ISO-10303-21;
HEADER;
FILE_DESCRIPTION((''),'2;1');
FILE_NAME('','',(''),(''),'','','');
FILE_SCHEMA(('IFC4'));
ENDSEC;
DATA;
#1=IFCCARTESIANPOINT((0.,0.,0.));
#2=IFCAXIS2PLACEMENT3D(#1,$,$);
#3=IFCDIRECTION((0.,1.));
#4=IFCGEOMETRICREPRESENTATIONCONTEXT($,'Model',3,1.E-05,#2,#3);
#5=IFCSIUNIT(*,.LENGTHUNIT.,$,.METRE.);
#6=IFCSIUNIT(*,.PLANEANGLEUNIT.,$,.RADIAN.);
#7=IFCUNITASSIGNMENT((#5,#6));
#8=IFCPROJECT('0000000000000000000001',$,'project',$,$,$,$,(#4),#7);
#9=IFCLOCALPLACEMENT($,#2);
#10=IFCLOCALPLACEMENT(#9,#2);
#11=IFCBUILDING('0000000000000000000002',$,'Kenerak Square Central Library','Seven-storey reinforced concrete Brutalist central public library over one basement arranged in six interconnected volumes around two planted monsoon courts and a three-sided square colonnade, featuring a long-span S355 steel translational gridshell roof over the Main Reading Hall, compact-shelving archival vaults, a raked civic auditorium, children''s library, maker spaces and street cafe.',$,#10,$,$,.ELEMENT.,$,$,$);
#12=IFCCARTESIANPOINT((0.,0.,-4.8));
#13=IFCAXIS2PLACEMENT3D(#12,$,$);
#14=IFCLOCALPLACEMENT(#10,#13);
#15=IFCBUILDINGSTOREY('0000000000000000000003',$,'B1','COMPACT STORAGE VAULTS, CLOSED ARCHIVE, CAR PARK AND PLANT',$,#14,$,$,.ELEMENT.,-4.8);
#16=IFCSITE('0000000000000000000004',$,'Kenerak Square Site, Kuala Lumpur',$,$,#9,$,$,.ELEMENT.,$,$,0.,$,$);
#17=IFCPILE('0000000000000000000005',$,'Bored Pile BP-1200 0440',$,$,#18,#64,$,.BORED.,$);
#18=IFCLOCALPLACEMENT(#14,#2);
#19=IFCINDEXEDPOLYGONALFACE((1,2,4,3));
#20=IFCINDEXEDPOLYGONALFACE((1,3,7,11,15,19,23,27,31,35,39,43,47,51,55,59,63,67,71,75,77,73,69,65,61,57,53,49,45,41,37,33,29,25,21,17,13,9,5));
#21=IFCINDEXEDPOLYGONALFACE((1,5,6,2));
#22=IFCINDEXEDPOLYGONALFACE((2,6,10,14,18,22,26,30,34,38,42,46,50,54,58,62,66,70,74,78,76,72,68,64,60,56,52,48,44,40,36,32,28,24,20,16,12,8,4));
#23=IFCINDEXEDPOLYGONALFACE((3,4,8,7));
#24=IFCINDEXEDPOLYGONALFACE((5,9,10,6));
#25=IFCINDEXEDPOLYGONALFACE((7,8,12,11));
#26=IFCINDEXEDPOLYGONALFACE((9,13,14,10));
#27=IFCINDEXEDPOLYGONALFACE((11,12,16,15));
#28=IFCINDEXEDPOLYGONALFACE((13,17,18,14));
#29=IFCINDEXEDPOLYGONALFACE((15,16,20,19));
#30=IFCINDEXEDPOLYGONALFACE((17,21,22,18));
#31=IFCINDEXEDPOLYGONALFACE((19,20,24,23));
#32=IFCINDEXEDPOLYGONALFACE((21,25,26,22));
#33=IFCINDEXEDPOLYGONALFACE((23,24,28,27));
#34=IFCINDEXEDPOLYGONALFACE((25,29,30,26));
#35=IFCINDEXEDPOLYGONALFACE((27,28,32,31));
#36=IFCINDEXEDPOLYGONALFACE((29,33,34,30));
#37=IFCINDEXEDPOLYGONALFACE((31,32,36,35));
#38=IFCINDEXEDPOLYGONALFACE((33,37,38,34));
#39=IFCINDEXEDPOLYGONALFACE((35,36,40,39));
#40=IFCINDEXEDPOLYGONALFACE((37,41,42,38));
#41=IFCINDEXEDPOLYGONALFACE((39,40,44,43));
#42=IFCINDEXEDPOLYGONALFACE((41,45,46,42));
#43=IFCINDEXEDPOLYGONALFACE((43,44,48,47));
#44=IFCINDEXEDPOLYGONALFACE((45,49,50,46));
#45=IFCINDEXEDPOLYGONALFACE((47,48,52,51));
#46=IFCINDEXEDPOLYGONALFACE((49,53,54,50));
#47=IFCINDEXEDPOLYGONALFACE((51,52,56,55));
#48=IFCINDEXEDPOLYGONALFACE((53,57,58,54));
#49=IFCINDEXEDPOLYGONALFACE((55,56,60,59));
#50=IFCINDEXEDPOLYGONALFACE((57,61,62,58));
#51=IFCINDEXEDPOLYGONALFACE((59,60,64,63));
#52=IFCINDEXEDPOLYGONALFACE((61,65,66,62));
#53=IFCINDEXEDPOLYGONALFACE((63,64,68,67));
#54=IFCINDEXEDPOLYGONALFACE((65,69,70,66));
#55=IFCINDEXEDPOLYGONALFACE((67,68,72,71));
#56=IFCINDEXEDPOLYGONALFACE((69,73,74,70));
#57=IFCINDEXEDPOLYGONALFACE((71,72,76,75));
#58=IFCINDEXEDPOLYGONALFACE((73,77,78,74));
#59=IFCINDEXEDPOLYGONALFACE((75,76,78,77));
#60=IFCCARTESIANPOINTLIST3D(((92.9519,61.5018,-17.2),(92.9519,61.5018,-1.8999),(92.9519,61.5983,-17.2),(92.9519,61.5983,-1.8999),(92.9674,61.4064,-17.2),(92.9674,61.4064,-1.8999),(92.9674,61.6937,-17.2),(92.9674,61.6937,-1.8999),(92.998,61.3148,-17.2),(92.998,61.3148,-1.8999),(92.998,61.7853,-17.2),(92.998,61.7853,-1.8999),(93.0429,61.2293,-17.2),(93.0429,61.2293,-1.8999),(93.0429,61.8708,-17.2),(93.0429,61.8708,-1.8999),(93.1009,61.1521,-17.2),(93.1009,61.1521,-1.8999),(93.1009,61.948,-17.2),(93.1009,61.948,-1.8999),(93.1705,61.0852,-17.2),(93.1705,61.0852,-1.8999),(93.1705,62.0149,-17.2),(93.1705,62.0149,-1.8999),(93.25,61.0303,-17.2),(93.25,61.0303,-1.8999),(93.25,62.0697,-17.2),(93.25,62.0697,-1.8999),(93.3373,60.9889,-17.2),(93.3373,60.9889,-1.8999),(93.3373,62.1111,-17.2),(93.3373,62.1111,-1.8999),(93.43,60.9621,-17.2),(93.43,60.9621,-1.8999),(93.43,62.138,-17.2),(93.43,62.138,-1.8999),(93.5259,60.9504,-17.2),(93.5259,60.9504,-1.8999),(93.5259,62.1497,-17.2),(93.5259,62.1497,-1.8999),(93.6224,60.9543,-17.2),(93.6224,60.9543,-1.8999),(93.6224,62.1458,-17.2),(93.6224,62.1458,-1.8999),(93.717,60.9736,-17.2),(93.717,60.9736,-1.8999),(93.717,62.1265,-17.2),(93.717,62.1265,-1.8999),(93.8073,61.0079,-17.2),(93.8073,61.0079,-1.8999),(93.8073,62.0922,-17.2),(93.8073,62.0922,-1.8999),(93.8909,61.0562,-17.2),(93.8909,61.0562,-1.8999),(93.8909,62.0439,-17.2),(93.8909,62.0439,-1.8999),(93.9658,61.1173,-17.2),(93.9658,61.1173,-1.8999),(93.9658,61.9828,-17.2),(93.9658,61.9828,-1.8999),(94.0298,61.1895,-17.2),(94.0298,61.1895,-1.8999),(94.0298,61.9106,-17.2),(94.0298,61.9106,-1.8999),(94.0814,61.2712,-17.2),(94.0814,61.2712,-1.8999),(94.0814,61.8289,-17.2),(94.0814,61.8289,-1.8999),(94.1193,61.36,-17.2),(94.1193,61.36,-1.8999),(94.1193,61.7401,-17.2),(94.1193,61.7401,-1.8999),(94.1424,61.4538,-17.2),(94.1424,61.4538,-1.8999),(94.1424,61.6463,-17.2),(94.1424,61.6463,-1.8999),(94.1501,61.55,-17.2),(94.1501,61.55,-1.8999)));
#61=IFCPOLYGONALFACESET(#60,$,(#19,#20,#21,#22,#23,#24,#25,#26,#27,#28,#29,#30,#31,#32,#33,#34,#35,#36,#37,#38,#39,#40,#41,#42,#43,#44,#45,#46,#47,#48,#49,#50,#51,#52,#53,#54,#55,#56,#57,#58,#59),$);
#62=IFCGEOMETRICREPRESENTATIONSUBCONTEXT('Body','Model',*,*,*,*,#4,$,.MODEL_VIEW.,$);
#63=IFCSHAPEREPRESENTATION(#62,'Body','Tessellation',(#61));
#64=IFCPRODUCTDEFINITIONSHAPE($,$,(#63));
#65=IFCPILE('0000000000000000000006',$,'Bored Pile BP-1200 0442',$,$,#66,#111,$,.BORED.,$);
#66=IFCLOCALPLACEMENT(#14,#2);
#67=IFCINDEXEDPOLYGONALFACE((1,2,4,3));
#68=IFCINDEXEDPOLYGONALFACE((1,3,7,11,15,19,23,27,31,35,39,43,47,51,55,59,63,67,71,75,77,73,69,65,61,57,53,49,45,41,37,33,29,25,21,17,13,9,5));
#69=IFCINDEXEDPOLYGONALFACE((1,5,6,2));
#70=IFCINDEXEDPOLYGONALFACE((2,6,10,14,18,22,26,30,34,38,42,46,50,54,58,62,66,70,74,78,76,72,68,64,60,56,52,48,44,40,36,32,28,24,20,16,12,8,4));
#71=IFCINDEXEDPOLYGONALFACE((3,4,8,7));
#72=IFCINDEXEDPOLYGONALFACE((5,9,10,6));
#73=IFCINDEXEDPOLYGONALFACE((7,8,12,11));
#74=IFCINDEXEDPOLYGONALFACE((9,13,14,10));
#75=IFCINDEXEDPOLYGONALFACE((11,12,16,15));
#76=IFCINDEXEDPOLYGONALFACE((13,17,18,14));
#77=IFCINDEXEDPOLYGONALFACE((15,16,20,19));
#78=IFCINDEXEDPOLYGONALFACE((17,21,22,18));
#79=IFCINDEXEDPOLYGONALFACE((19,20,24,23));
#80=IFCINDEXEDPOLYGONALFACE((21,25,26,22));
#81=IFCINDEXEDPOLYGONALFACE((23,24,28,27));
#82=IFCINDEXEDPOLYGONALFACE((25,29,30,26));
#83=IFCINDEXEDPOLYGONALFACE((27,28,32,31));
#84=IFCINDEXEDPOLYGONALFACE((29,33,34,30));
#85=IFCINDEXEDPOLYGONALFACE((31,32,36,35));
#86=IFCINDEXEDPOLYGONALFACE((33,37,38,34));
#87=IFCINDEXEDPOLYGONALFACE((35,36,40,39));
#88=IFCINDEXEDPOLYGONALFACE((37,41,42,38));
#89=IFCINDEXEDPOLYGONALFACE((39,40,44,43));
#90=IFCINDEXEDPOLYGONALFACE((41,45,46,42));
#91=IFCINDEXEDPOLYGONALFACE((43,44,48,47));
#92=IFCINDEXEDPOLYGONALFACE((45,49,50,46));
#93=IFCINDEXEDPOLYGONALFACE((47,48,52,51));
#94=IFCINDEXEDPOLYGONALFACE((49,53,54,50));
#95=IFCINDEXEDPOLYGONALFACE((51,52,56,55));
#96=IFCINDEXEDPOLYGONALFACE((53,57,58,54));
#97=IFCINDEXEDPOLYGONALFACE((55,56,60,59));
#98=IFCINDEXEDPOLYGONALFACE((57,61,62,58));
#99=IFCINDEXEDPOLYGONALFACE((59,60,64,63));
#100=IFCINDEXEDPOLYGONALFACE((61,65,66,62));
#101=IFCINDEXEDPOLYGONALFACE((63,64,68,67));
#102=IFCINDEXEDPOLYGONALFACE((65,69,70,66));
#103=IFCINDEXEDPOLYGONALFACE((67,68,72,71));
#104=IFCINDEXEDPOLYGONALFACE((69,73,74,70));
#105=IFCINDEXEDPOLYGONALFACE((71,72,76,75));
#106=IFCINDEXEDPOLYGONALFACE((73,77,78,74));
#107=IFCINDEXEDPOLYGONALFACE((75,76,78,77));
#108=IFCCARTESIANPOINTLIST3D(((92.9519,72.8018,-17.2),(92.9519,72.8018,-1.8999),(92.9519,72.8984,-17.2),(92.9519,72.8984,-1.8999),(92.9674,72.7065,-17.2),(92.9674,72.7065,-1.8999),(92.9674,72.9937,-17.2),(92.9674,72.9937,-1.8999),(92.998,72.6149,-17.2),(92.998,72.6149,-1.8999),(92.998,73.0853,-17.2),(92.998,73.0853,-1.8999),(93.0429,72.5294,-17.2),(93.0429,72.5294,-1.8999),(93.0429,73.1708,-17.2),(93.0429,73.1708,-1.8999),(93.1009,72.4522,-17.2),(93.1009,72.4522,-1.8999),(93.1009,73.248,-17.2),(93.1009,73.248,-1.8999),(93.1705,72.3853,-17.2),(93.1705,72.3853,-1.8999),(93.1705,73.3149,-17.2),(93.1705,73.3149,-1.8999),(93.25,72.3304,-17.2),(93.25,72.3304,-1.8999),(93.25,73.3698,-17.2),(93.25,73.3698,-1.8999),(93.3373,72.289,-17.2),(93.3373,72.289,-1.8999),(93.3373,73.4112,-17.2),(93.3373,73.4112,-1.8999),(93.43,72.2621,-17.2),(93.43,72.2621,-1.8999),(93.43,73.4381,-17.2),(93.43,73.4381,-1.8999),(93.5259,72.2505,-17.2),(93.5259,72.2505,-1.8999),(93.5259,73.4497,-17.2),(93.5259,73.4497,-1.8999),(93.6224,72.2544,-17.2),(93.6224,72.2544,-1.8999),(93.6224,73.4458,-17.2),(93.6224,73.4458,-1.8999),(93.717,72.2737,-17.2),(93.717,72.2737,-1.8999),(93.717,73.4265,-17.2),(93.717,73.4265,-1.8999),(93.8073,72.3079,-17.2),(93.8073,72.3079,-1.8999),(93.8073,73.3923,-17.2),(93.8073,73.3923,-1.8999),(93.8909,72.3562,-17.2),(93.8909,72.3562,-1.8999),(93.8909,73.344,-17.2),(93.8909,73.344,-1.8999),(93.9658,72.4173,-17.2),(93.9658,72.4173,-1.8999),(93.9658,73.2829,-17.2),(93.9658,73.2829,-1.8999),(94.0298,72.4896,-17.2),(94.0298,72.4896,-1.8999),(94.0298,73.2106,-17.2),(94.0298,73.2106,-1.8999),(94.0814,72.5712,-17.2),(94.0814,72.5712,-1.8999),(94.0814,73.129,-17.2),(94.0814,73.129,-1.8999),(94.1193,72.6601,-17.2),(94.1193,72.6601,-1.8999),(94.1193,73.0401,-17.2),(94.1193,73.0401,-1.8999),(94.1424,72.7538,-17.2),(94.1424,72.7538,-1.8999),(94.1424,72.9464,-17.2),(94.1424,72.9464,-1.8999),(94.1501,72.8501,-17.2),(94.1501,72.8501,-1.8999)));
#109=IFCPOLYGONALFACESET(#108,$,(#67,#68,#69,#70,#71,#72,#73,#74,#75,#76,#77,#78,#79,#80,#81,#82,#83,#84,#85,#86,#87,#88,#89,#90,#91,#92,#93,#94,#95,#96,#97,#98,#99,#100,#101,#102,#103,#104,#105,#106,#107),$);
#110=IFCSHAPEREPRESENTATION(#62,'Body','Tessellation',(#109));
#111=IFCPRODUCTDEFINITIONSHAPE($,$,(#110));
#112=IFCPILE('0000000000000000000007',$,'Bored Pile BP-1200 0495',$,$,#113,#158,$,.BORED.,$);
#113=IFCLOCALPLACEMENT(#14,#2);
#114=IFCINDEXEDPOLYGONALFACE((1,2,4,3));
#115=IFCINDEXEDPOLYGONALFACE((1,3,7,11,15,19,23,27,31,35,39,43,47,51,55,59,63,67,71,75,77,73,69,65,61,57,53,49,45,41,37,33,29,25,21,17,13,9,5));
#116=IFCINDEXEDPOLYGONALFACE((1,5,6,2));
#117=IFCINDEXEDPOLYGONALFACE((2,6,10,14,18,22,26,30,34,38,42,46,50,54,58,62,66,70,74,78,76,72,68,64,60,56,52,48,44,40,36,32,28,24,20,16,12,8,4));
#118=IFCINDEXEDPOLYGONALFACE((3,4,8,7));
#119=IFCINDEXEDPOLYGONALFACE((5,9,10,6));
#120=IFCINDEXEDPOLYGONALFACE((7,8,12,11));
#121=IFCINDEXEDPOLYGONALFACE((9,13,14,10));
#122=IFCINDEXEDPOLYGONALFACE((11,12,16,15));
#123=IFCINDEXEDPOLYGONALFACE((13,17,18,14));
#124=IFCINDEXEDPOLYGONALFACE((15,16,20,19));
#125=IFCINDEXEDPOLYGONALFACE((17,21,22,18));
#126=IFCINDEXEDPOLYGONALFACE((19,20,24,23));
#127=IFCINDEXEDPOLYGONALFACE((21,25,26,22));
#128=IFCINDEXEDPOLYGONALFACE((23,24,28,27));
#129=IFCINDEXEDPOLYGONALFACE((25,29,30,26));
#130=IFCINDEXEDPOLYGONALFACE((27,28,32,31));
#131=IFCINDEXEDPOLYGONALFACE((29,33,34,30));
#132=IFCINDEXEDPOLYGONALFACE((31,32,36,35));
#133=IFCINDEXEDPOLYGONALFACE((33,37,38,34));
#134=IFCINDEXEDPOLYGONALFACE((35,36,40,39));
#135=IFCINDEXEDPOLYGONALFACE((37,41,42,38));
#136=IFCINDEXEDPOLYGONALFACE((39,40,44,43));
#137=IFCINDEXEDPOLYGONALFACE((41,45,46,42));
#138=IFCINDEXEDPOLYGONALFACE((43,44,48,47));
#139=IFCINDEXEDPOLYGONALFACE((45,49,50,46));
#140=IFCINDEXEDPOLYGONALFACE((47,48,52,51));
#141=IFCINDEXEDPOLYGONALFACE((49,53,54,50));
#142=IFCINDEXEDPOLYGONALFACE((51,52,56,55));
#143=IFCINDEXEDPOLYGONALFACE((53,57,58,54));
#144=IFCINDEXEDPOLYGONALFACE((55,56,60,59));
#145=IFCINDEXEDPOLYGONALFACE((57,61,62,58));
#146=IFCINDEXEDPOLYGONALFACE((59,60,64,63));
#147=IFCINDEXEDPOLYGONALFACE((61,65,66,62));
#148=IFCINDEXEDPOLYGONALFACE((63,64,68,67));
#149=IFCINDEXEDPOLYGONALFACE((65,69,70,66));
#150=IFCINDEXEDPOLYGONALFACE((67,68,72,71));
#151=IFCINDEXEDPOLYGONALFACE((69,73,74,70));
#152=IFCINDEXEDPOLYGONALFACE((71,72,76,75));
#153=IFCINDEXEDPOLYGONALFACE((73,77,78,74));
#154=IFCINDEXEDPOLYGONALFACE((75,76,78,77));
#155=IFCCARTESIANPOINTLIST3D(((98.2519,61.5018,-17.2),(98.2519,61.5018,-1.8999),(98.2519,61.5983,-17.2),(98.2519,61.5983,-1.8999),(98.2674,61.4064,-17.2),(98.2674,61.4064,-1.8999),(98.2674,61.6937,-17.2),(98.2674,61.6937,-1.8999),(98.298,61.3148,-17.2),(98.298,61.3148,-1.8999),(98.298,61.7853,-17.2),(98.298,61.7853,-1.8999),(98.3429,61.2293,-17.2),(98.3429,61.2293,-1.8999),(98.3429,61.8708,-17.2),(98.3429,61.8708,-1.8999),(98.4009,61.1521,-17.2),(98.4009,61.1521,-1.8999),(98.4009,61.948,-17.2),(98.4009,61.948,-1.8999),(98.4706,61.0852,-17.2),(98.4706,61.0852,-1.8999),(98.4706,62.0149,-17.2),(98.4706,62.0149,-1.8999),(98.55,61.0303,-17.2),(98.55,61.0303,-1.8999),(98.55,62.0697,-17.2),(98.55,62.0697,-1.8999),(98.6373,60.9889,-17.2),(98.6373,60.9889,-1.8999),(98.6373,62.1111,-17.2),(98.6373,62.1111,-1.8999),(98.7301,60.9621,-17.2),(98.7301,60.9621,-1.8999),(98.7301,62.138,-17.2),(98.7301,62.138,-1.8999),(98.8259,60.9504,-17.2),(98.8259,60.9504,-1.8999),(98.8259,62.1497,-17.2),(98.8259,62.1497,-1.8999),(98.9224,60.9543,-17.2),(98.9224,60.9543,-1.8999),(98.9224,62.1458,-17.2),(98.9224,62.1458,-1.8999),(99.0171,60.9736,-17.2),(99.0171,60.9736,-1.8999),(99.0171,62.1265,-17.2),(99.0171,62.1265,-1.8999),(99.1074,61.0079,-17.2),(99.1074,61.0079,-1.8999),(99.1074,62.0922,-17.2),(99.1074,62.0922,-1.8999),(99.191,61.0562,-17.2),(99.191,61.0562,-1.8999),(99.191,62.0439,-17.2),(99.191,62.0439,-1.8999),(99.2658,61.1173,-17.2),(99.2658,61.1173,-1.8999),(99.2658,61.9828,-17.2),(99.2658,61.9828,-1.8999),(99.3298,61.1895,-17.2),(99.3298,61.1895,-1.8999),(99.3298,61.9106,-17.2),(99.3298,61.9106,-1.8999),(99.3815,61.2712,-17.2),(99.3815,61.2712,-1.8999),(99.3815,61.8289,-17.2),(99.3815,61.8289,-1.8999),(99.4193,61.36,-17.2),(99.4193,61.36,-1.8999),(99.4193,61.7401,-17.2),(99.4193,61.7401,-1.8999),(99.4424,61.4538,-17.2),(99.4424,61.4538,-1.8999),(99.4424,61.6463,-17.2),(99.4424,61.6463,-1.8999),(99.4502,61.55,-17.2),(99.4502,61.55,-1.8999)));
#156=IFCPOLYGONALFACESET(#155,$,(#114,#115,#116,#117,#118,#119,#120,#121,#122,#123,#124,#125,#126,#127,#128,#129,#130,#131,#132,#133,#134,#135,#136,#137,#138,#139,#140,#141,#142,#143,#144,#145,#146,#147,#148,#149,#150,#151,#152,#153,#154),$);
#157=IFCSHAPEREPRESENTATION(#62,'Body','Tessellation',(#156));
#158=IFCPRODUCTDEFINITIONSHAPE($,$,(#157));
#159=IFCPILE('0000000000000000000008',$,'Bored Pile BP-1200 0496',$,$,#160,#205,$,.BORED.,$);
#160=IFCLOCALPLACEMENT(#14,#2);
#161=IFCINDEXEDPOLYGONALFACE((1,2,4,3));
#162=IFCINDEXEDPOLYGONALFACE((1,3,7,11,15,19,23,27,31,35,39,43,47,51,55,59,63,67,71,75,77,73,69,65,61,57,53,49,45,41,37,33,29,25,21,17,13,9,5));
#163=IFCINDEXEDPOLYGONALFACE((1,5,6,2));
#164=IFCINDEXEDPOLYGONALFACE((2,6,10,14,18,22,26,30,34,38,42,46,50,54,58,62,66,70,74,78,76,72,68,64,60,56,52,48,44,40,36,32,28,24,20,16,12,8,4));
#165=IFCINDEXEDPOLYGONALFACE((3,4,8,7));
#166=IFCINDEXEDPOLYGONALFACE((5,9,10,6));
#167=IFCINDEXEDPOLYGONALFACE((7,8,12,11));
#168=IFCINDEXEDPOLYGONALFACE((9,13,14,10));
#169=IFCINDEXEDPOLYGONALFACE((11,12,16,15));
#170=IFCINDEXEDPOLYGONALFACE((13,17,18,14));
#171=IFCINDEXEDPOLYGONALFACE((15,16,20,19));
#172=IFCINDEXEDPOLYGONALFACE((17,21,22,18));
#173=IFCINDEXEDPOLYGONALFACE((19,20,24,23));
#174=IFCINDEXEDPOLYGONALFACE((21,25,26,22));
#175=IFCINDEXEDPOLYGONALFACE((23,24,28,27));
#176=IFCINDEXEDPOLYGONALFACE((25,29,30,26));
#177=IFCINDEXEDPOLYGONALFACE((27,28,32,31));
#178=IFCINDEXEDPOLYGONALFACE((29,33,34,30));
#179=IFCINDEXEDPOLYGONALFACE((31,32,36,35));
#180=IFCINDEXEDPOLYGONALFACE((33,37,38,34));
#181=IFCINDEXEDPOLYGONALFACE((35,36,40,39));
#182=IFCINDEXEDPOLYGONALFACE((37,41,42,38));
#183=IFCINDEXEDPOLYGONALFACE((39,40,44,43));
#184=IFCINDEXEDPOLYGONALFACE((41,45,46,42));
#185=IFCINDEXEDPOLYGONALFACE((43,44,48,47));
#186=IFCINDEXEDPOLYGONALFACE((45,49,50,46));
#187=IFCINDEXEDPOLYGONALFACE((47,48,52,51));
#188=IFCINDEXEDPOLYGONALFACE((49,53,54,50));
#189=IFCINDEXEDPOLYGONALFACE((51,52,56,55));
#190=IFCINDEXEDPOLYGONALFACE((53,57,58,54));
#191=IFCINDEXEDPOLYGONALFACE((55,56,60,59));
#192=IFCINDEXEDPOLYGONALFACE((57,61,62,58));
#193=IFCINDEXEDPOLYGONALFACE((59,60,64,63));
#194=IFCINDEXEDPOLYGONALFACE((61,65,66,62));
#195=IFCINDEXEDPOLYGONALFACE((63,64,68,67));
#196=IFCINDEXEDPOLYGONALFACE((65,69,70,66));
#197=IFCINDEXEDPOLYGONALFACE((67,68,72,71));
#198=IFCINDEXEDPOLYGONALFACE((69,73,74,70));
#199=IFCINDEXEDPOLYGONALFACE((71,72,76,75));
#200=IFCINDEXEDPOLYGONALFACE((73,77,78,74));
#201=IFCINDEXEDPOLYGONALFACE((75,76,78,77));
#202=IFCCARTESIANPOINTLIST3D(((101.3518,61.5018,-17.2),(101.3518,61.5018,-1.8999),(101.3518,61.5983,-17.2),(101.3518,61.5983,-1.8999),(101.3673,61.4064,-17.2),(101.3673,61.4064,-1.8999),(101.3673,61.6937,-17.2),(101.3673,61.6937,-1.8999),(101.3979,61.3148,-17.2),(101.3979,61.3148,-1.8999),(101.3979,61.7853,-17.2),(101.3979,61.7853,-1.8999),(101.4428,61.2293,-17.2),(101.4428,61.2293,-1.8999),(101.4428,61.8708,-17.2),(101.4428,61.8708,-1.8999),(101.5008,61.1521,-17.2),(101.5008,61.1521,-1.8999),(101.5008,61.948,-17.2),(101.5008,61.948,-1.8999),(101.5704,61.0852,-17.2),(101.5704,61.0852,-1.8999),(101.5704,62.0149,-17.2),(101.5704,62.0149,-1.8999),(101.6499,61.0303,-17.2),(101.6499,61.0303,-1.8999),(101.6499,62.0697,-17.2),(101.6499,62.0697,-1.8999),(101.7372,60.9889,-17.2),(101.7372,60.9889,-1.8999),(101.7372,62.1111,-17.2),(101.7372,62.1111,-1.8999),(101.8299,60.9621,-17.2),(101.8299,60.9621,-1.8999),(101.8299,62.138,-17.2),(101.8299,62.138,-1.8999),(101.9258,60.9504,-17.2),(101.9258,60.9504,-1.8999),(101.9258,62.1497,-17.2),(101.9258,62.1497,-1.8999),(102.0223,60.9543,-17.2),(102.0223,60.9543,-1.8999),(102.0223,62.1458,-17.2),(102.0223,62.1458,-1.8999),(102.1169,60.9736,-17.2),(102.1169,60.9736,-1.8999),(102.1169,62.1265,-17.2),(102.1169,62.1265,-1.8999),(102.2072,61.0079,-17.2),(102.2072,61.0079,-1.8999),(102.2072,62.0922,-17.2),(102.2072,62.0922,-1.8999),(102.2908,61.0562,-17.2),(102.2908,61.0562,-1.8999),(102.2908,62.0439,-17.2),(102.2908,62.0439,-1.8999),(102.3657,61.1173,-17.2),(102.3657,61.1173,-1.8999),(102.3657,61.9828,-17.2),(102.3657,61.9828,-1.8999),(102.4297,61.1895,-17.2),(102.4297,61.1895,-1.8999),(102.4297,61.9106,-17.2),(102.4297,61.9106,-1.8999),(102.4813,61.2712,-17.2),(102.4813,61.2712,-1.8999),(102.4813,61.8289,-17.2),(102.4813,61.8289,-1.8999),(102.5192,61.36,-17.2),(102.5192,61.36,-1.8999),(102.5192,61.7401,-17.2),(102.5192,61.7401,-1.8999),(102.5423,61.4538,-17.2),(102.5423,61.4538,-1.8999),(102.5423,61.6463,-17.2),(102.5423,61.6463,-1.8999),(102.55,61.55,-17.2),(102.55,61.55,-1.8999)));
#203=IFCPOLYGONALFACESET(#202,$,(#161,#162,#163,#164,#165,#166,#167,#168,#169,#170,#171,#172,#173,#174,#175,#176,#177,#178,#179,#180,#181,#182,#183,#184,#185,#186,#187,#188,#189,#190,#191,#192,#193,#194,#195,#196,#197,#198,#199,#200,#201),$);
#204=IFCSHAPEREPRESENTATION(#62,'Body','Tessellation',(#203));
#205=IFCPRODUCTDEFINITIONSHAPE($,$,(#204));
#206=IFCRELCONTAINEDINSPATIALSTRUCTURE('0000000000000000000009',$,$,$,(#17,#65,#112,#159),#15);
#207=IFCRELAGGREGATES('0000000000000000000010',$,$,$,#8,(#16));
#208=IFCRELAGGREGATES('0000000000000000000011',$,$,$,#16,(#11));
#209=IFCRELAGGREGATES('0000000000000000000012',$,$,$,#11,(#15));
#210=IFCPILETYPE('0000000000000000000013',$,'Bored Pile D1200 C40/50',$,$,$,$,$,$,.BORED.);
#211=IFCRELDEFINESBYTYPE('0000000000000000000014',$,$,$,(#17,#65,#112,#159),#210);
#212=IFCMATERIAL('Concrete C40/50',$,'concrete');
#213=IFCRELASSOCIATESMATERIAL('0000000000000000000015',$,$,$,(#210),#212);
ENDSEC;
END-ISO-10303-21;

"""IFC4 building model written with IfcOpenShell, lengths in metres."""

from ifc_helpers import new_model, si_unit, direction, frame, origin, origin_2d, place, context, subcontext, project, spatial, circle, extrude, material, material_profile, profile_set, type_object, element, save


model = new_model("IFC4")

# Units and contexts
model_context = context("Model", 3, precision=1e-05, world=origin(), true_north=direction((0.0, 1.0)))
body_context = subcontext(model_context, "Body", "Model", "MODEL_VIEW")
ifc_project = project(units=[si_unit("LENGTHUNIT", "METRE"), si_unit("PLANEANGLEUNIT", "RADIAN")], contexts=[model_context])

# Site, building, storey
site_placement = place(None, origin())
site = spatial("IfcSite", under=ifc_project, at=site_placement, Name="Kenerak Square Site, Kuala Lumpur", CompositionType="ELEMENT", RefElevation=0.0)
building_placement = place(site_placement, origin())
building = spatial("IfcBuilding", under=site, at=building_placement, Name="Kenerak Square Central Library", Description="Seven-storey reinforced concrete Brutalist central public library over one basement arranged in six interconnected volumes around two planted monsoon courts and a three-sided square colonnade, featuring a long-span S355 steel translational gridshell roof over the Main Reading Hall, compact-shelving archival vaults, a raked civic auditorium, children's library, maker spaces and street cafe.", CompositionType="ELEMENT")
storey_placement = place(building_placement, frame((0.0, 0.0, -4.8)))
storey = spatial("IfcBuildingStorey", under=building, at=storey_placement, Name="B1", Description="COMPACT STORAGE VAULTS, CLOSED ARCHIVE, CAR PARK AND PLANT", CompositionType="ELEMENT", Elevation=-4.8)

# Piles
ifc_material_1 = material(Name="Concrete C40/50", Category="concrete")
ifc_material_profile_1 = material_profile(ifc_material_1, circle(Radius=0.6001, at=origin_2d()), Name="BP D1200")
ifc_profile_set_1 = profile_set([ifc_material_profile_1], Name="Concrete C40/50")
pile_type = type_object("IfcPileType", Name="Bored Pile D1200 C40/50", PredefinedType="BORED", material=ifc_profile_set_1)
for number, where, z_axis, x_axis, name in (
    (1, (93.55, 61.55, -1.8999), (0.0, 0.0, -1.0), (1.0, 0.0, 0.0), "Bored Pile BP-1200 0440"),
    (2, (93.55, 72.8501, -1.8999), (0.0, 0.0, -1.0), (1.0, 0.0, 0.0), "Bored Pile BP-1200 0442"),
    (3, (98.8501, 61.55, -1.8999), (0.0, 0.0, -1.0), (1.0, 0.0, 0.0), "Bored Pile BP-1200 0495"),
    (4, (101.95, 61.55, -1.8999), (0.0, 0.0, -1.0), (1.0, 0.0, 0.0), "Bored Pile BP-1200 0496"),
):
    element("IfcPile", number, at=place(storey_placement, frame(where, z_axis=z_axis, x_axis=x_axis)), inside=storey, type_object=pile_type, Name=name, PredefinedType="BORED", context=body_context, shape_type="SweptSolid", body=[
        extrude(circle(Radius=0.6001, at=origin_2d()), origin(), (0.0, 0.0, 1.0), 15.3),
    ])

save(model, "model.ifc")
